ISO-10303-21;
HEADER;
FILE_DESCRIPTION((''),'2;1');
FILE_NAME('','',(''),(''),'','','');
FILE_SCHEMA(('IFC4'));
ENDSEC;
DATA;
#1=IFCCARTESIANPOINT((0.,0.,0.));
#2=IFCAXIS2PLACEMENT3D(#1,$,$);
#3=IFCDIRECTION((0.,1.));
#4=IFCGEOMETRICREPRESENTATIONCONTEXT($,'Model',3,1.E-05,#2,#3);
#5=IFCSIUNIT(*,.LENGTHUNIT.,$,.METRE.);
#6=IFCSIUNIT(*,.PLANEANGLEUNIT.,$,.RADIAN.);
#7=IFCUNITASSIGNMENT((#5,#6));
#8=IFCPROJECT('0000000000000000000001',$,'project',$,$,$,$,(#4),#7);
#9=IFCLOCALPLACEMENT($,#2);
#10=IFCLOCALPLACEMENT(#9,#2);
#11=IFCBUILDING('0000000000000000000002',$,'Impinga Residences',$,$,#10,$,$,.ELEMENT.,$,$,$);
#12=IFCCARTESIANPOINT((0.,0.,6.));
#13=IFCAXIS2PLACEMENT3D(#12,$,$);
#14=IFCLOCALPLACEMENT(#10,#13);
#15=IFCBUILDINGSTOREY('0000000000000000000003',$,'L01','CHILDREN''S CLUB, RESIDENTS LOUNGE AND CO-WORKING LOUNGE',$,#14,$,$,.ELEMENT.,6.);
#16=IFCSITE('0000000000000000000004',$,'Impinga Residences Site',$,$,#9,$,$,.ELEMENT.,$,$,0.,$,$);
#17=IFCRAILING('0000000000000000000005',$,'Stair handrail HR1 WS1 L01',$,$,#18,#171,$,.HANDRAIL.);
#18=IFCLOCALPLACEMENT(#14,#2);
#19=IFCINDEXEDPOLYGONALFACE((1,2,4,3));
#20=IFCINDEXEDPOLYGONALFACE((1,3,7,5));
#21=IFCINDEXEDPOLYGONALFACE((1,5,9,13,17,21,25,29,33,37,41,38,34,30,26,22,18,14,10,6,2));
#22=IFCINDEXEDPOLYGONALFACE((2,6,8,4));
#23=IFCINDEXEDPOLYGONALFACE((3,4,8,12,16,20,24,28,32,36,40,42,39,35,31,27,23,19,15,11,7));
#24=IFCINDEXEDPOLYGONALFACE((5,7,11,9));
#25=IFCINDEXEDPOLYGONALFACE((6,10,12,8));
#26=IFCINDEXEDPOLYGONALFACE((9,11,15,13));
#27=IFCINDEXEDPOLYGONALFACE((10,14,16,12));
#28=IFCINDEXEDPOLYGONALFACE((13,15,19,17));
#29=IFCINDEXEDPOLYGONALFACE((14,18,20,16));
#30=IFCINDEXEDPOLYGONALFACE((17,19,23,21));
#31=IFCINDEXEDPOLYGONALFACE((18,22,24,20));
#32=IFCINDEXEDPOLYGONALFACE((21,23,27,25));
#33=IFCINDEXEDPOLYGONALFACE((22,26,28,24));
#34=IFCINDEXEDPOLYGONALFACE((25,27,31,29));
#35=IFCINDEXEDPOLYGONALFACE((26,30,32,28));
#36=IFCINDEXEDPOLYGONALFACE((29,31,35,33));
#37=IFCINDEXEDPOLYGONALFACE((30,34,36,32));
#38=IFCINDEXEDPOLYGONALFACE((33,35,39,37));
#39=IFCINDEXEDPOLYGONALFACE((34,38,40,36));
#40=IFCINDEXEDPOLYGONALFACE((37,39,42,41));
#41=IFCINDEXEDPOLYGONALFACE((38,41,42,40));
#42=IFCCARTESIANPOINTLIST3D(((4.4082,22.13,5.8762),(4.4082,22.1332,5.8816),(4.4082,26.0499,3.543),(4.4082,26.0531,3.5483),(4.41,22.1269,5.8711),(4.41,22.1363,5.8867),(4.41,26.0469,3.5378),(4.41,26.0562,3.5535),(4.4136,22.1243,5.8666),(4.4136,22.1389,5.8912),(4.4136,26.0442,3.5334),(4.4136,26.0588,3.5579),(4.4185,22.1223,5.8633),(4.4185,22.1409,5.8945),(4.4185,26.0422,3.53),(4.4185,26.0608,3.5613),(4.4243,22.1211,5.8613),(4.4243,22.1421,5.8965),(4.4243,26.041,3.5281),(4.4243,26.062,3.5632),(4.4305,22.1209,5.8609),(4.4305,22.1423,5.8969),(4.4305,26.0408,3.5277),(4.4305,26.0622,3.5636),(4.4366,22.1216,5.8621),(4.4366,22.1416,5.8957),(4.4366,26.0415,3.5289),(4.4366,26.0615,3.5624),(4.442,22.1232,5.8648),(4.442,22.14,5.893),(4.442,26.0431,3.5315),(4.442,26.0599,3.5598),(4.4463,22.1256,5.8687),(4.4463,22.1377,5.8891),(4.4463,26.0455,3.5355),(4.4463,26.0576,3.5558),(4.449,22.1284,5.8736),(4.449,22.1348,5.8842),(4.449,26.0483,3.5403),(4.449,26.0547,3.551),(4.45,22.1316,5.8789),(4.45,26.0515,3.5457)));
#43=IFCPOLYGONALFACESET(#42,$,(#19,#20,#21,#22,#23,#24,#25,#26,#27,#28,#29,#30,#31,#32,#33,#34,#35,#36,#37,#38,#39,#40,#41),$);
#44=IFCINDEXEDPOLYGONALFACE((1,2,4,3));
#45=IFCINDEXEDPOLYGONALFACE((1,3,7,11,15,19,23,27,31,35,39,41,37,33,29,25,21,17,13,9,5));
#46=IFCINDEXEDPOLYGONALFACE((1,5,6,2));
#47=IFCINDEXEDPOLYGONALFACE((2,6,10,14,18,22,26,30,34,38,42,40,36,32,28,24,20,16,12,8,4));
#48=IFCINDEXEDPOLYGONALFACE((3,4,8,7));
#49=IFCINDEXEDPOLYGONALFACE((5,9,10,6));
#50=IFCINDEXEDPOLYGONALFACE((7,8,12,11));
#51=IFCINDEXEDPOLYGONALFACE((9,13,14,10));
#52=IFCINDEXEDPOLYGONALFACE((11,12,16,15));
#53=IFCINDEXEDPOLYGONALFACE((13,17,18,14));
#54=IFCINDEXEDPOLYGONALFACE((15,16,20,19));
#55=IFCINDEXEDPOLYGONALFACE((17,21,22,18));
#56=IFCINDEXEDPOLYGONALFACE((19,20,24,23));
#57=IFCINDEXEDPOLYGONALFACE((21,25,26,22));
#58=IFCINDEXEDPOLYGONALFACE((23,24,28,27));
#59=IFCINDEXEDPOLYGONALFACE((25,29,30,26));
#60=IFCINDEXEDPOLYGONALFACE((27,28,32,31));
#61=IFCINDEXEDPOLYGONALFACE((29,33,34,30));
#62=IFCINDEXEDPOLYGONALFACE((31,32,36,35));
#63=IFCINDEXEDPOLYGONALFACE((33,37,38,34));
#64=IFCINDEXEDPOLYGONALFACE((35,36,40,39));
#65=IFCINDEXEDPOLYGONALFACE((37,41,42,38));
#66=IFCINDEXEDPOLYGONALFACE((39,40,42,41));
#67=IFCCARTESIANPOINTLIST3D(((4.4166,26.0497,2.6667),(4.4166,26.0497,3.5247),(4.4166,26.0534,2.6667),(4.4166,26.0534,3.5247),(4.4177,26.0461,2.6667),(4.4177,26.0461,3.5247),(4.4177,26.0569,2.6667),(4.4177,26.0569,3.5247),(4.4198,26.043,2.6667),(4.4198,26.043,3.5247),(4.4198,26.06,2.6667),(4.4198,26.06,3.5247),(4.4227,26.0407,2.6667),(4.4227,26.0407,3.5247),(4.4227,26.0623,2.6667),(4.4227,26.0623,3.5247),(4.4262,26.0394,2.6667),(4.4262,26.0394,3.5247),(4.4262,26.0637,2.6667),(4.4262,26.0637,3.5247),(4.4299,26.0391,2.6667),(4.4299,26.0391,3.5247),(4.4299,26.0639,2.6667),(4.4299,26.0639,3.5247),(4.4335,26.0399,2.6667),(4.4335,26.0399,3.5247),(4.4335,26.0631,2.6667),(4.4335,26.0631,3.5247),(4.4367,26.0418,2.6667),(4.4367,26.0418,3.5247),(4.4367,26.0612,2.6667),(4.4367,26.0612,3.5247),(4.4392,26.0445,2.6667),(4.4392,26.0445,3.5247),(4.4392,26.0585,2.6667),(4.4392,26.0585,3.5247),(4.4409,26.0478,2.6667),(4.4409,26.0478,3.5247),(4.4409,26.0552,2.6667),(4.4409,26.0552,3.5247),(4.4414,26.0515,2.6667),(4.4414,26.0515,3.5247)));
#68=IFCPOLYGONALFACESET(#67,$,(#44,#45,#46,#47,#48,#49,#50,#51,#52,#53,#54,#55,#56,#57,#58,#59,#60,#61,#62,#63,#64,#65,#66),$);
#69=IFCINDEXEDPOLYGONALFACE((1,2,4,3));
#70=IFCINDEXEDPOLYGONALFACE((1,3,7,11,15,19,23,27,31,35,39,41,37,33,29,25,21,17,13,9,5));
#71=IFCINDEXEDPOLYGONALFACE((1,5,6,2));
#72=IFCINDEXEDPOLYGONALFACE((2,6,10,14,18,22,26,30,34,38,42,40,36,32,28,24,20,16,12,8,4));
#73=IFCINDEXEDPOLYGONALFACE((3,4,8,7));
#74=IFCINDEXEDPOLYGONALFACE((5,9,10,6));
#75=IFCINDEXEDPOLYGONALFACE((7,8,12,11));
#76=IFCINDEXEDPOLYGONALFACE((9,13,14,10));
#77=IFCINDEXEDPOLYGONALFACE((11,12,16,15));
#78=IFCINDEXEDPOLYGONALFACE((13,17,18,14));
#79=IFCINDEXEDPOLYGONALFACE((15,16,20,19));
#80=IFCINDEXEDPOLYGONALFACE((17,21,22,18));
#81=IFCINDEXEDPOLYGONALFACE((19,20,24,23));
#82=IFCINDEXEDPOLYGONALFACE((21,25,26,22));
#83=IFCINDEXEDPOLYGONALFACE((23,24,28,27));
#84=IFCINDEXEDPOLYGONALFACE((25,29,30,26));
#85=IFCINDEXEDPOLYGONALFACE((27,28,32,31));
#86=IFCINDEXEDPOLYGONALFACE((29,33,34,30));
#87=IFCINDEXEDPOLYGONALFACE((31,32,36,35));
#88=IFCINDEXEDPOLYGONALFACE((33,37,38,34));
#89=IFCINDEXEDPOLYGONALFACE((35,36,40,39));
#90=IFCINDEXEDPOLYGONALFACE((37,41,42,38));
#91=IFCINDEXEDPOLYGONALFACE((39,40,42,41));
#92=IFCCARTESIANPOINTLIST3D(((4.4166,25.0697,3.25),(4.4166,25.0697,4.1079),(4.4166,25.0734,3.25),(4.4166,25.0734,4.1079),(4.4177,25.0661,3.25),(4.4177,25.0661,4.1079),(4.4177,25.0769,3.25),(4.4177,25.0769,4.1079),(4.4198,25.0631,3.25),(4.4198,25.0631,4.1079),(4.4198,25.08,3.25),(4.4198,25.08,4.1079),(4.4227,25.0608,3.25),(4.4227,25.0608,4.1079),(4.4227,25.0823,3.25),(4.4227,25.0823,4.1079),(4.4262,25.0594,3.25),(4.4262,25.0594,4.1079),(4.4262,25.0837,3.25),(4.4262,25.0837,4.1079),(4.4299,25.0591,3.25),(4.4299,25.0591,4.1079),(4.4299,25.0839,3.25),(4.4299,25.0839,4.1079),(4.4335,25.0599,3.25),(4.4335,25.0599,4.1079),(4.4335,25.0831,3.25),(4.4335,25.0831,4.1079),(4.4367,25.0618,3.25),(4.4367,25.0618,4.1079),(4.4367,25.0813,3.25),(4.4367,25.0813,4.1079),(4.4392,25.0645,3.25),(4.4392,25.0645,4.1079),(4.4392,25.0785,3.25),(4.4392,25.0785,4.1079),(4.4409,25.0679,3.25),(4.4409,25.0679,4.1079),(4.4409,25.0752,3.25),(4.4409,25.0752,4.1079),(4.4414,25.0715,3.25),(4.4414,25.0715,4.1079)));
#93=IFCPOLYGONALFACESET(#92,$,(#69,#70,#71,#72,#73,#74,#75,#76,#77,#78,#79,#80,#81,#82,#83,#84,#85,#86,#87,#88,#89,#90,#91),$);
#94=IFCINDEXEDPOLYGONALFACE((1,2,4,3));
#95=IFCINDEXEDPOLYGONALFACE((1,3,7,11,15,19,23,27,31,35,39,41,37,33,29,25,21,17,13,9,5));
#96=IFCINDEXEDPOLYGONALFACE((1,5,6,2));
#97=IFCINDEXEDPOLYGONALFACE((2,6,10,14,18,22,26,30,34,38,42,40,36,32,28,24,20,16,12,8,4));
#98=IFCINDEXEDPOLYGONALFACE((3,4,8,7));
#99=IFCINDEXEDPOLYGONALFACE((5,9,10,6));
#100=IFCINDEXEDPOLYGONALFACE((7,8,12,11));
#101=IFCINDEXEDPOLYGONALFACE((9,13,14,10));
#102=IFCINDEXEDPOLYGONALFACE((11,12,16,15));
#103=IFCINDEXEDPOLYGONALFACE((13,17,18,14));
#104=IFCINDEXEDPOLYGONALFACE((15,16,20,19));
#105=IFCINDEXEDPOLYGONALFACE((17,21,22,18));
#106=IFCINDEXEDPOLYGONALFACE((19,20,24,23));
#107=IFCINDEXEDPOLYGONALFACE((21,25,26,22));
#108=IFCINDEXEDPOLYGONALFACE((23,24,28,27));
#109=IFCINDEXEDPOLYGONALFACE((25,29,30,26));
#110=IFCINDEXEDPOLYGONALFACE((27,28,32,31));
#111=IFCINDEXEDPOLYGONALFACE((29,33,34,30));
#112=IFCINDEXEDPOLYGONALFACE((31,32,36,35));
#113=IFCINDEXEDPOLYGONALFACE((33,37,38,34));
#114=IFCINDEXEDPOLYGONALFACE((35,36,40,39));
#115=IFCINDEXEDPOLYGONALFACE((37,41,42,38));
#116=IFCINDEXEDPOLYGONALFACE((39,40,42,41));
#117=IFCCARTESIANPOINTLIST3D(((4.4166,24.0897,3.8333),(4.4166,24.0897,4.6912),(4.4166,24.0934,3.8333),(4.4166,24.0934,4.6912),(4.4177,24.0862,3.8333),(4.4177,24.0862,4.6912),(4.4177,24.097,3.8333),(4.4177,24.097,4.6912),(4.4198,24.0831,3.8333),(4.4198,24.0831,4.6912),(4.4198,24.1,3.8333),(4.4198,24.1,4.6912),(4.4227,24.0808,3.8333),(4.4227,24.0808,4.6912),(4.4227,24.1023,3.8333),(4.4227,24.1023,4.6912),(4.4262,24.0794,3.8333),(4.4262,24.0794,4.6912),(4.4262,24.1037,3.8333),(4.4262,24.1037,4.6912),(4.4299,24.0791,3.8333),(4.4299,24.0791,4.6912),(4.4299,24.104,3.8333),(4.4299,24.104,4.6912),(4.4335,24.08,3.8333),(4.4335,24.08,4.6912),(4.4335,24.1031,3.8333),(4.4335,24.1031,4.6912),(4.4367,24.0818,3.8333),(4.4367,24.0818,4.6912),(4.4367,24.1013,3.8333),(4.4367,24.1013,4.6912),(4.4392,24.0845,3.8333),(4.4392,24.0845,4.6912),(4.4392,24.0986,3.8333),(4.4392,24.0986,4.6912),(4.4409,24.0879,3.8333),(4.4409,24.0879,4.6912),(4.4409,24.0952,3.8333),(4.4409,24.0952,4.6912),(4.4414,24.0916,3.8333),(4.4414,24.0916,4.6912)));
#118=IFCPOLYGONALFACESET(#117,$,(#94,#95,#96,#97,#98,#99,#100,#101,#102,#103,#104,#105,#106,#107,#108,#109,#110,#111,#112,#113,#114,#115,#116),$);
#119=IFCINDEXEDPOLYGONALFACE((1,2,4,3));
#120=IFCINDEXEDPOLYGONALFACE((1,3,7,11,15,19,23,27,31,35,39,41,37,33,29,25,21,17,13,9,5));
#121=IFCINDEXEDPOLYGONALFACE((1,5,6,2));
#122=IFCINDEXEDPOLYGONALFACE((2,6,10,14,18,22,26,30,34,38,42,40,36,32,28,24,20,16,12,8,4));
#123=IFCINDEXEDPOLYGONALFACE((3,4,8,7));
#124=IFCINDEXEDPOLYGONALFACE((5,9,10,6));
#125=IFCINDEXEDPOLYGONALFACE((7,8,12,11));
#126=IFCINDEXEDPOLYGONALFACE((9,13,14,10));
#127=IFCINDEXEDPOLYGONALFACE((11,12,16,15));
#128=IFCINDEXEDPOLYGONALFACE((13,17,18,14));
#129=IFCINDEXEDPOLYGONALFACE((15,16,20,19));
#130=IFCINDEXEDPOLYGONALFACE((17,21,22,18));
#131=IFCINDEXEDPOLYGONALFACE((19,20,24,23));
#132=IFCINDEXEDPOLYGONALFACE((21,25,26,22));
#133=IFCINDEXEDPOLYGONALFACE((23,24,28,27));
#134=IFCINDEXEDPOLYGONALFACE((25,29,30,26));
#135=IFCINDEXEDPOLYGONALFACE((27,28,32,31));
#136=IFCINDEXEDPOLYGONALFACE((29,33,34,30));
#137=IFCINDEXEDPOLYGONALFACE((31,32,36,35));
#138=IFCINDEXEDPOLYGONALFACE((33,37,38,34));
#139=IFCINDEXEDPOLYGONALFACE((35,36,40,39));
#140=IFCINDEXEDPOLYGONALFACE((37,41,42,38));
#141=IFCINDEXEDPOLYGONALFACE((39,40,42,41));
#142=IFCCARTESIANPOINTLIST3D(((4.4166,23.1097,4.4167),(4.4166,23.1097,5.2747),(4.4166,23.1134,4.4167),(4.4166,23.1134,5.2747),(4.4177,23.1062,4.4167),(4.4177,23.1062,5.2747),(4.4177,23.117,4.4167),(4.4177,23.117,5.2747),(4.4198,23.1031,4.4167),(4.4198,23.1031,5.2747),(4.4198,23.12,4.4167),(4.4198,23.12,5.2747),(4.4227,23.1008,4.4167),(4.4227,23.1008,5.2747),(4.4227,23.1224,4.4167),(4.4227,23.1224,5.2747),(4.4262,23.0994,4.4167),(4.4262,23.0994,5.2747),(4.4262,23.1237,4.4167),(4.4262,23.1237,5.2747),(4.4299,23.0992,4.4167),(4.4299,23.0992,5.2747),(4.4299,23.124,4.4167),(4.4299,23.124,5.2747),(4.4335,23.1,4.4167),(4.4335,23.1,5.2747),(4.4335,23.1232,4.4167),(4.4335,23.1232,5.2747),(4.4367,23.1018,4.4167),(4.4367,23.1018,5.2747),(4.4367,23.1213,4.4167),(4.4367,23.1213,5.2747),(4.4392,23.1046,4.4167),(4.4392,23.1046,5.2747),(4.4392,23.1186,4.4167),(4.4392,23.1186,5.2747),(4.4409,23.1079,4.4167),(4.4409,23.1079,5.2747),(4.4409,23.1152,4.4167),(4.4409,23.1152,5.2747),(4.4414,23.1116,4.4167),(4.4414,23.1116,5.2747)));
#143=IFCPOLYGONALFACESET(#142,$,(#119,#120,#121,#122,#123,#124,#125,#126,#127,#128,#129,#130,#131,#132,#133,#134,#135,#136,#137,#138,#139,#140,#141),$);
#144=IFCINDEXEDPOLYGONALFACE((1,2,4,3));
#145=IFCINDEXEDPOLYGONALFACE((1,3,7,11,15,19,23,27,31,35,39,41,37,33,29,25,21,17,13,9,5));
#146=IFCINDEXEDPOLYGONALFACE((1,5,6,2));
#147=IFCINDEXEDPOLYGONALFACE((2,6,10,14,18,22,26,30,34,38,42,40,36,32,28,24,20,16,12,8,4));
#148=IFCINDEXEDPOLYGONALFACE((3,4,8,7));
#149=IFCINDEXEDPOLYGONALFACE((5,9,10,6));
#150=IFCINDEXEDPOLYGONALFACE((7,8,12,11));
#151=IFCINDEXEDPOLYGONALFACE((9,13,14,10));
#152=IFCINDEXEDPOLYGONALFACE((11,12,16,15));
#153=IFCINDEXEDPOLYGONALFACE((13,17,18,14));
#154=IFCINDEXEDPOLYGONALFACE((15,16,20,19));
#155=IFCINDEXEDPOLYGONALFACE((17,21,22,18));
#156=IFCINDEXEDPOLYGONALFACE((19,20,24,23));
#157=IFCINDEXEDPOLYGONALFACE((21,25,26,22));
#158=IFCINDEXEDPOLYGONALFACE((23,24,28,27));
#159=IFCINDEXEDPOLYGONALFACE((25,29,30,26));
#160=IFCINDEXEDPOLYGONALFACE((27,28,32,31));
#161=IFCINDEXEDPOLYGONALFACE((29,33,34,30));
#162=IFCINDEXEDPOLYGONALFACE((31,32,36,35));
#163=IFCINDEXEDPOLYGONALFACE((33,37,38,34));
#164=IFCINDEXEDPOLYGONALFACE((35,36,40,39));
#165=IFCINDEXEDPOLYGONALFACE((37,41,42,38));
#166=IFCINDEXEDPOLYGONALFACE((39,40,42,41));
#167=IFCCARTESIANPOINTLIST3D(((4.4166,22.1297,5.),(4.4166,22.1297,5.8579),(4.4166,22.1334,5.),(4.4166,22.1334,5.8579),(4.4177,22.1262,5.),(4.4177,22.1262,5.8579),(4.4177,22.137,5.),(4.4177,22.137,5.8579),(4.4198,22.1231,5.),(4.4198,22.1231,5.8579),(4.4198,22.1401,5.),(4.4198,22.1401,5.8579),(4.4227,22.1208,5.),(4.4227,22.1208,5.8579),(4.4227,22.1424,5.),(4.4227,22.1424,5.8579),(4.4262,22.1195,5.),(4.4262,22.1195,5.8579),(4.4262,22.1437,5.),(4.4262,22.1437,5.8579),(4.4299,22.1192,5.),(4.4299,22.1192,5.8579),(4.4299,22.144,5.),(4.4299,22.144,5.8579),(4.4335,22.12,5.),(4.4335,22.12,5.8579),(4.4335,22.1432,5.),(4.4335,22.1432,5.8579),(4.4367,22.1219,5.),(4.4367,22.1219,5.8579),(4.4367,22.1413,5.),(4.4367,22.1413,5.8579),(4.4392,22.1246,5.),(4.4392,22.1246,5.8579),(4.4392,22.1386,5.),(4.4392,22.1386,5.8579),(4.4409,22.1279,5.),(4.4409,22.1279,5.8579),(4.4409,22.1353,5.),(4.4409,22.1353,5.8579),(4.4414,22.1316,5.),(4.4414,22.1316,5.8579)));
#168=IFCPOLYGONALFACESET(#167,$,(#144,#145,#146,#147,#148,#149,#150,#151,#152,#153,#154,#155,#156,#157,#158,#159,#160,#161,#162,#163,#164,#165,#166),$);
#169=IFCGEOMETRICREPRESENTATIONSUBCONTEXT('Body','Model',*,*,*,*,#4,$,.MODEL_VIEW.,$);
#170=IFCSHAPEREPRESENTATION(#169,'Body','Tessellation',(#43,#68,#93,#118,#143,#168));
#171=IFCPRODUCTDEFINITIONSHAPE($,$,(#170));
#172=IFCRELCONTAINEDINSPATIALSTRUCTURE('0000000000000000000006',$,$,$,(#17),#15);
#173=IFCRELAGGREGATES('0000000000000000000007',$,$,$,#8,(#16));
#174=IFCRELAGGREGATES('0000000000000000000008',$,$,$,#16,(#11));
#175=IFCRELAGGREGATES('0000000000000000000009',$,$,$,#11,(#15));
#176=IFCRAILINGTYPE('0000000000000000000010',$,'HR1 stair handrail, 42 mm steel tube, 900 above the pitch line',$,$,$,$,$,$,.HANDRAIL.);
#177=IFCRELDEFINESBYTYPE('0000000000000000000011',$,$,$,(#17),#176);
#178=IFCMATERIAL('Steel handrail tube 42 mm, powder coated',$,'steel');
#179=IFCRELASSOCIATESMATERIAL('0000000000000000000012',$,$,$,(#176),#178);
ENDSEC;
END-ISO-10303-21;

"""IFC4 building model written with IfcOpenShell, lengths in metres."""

from ifc_helpers import new_model, si_unit, direction, frame, origin, origin_2d, place, context, subcontext, project, spatial, circle, extrude, material, type_object, element, save


model = new_model("IFC4")

# Units and contexts
model_context = context("Model", 3, precision=1e-05, world=origin(), true_north=direction((0.0, 1.0)))
body_context = subcontext(model_context, "Body", "Model", "MODEL_VIEW")
ifc_project = project(units=[si_unit("LENGTHUNIT", "METRE"), si_unit("PLANEANGLEUNIT", "RADIAN")], contexts=[model_context])

# Site, building, storey
site_placement = place(None, origin())
site = spatial("IfcSite", under=ifc_project, at=site_placement, Name="Impinga Residences Site", CompositionType="ELEMENT", RefElevation=0.0)
building_placement = place(site_placement, origin())
building = spatial("IfcBuilding", under=site, at=building_placement, Name="Impinga Residences", CompositionType="ELEMENT")
storey_placement = place(building_placement, frame((0.0, 0.0, 6.0)))
storey = spatial("IfcBuildingStorey", under=building, at=storey_placement, Name="L01", Description="CHILDREN'S CLUB, RESIDENTS LOUNGE AND CO-WORKING LOUNGE", CompositionType="ELEMENT", Elevation=6.0)

# Railing
ifc_material_1 = material(Name="Steel handrail tube 42 mm, powder coated", Category="steel")
railing_type_1 = type_object("IfcRailingType", Name="HR1 stair handrail, 42 mm steel tube, 900 above the pitch line", PredefinedType="HANDRAIL", material=ifc_material_1)
railing_1_placement = place(storey_placement, frame((4.429, 26.0515, 2.6667)))
element("IfcRailing", 1, at=railing_1_placement, inside=storey, type_object=railing_type_1, Name="Stair handrail HR1 WS1 L01", PredefinedType="HANDRAIL", context=body_context, shape_type="SweptSolid", body=[
    extrude(circle(Radius=0.021, at=origin_2d()), frame((0.0, 0.0, 0.8789), z_axis=(0.0, -0.859296, 0.511478), x_axis=(1.0, 0.0, 0.0)), (0.0, 0.0, 1.0), 4.5618),
    extrude(circle(Radius=0.0125, at=origin_2d()), origin(), (0.0, 0.0, 1.0), 0.8579),
    extrude(circle(Radius=0.0125, at=origin_2d()), frame((0.0, -0.98, 0.5833)), (0.0, 0.0, 1.0), 0.8579),
    extrude(circle(Radius=0.0125, at=origin_2d()), frame((0.0, -1.96, 1.1665)), (0.0, 0.0, 1.0), 0.8579),
    extrude(circle(Radius=0.0125, at=origin_2d()), frame((0.0, -2.9399, 1.75)), (0.0, 0.0, 1.0), 0.8579),
    extrude(circle(Radius=0.0125, at=origin_2d()), frame((0.0, -3.9199, 2.3333)), (0.0, 0.0, 1.0), 0.8579),
])

save(model, "model.ifc")
